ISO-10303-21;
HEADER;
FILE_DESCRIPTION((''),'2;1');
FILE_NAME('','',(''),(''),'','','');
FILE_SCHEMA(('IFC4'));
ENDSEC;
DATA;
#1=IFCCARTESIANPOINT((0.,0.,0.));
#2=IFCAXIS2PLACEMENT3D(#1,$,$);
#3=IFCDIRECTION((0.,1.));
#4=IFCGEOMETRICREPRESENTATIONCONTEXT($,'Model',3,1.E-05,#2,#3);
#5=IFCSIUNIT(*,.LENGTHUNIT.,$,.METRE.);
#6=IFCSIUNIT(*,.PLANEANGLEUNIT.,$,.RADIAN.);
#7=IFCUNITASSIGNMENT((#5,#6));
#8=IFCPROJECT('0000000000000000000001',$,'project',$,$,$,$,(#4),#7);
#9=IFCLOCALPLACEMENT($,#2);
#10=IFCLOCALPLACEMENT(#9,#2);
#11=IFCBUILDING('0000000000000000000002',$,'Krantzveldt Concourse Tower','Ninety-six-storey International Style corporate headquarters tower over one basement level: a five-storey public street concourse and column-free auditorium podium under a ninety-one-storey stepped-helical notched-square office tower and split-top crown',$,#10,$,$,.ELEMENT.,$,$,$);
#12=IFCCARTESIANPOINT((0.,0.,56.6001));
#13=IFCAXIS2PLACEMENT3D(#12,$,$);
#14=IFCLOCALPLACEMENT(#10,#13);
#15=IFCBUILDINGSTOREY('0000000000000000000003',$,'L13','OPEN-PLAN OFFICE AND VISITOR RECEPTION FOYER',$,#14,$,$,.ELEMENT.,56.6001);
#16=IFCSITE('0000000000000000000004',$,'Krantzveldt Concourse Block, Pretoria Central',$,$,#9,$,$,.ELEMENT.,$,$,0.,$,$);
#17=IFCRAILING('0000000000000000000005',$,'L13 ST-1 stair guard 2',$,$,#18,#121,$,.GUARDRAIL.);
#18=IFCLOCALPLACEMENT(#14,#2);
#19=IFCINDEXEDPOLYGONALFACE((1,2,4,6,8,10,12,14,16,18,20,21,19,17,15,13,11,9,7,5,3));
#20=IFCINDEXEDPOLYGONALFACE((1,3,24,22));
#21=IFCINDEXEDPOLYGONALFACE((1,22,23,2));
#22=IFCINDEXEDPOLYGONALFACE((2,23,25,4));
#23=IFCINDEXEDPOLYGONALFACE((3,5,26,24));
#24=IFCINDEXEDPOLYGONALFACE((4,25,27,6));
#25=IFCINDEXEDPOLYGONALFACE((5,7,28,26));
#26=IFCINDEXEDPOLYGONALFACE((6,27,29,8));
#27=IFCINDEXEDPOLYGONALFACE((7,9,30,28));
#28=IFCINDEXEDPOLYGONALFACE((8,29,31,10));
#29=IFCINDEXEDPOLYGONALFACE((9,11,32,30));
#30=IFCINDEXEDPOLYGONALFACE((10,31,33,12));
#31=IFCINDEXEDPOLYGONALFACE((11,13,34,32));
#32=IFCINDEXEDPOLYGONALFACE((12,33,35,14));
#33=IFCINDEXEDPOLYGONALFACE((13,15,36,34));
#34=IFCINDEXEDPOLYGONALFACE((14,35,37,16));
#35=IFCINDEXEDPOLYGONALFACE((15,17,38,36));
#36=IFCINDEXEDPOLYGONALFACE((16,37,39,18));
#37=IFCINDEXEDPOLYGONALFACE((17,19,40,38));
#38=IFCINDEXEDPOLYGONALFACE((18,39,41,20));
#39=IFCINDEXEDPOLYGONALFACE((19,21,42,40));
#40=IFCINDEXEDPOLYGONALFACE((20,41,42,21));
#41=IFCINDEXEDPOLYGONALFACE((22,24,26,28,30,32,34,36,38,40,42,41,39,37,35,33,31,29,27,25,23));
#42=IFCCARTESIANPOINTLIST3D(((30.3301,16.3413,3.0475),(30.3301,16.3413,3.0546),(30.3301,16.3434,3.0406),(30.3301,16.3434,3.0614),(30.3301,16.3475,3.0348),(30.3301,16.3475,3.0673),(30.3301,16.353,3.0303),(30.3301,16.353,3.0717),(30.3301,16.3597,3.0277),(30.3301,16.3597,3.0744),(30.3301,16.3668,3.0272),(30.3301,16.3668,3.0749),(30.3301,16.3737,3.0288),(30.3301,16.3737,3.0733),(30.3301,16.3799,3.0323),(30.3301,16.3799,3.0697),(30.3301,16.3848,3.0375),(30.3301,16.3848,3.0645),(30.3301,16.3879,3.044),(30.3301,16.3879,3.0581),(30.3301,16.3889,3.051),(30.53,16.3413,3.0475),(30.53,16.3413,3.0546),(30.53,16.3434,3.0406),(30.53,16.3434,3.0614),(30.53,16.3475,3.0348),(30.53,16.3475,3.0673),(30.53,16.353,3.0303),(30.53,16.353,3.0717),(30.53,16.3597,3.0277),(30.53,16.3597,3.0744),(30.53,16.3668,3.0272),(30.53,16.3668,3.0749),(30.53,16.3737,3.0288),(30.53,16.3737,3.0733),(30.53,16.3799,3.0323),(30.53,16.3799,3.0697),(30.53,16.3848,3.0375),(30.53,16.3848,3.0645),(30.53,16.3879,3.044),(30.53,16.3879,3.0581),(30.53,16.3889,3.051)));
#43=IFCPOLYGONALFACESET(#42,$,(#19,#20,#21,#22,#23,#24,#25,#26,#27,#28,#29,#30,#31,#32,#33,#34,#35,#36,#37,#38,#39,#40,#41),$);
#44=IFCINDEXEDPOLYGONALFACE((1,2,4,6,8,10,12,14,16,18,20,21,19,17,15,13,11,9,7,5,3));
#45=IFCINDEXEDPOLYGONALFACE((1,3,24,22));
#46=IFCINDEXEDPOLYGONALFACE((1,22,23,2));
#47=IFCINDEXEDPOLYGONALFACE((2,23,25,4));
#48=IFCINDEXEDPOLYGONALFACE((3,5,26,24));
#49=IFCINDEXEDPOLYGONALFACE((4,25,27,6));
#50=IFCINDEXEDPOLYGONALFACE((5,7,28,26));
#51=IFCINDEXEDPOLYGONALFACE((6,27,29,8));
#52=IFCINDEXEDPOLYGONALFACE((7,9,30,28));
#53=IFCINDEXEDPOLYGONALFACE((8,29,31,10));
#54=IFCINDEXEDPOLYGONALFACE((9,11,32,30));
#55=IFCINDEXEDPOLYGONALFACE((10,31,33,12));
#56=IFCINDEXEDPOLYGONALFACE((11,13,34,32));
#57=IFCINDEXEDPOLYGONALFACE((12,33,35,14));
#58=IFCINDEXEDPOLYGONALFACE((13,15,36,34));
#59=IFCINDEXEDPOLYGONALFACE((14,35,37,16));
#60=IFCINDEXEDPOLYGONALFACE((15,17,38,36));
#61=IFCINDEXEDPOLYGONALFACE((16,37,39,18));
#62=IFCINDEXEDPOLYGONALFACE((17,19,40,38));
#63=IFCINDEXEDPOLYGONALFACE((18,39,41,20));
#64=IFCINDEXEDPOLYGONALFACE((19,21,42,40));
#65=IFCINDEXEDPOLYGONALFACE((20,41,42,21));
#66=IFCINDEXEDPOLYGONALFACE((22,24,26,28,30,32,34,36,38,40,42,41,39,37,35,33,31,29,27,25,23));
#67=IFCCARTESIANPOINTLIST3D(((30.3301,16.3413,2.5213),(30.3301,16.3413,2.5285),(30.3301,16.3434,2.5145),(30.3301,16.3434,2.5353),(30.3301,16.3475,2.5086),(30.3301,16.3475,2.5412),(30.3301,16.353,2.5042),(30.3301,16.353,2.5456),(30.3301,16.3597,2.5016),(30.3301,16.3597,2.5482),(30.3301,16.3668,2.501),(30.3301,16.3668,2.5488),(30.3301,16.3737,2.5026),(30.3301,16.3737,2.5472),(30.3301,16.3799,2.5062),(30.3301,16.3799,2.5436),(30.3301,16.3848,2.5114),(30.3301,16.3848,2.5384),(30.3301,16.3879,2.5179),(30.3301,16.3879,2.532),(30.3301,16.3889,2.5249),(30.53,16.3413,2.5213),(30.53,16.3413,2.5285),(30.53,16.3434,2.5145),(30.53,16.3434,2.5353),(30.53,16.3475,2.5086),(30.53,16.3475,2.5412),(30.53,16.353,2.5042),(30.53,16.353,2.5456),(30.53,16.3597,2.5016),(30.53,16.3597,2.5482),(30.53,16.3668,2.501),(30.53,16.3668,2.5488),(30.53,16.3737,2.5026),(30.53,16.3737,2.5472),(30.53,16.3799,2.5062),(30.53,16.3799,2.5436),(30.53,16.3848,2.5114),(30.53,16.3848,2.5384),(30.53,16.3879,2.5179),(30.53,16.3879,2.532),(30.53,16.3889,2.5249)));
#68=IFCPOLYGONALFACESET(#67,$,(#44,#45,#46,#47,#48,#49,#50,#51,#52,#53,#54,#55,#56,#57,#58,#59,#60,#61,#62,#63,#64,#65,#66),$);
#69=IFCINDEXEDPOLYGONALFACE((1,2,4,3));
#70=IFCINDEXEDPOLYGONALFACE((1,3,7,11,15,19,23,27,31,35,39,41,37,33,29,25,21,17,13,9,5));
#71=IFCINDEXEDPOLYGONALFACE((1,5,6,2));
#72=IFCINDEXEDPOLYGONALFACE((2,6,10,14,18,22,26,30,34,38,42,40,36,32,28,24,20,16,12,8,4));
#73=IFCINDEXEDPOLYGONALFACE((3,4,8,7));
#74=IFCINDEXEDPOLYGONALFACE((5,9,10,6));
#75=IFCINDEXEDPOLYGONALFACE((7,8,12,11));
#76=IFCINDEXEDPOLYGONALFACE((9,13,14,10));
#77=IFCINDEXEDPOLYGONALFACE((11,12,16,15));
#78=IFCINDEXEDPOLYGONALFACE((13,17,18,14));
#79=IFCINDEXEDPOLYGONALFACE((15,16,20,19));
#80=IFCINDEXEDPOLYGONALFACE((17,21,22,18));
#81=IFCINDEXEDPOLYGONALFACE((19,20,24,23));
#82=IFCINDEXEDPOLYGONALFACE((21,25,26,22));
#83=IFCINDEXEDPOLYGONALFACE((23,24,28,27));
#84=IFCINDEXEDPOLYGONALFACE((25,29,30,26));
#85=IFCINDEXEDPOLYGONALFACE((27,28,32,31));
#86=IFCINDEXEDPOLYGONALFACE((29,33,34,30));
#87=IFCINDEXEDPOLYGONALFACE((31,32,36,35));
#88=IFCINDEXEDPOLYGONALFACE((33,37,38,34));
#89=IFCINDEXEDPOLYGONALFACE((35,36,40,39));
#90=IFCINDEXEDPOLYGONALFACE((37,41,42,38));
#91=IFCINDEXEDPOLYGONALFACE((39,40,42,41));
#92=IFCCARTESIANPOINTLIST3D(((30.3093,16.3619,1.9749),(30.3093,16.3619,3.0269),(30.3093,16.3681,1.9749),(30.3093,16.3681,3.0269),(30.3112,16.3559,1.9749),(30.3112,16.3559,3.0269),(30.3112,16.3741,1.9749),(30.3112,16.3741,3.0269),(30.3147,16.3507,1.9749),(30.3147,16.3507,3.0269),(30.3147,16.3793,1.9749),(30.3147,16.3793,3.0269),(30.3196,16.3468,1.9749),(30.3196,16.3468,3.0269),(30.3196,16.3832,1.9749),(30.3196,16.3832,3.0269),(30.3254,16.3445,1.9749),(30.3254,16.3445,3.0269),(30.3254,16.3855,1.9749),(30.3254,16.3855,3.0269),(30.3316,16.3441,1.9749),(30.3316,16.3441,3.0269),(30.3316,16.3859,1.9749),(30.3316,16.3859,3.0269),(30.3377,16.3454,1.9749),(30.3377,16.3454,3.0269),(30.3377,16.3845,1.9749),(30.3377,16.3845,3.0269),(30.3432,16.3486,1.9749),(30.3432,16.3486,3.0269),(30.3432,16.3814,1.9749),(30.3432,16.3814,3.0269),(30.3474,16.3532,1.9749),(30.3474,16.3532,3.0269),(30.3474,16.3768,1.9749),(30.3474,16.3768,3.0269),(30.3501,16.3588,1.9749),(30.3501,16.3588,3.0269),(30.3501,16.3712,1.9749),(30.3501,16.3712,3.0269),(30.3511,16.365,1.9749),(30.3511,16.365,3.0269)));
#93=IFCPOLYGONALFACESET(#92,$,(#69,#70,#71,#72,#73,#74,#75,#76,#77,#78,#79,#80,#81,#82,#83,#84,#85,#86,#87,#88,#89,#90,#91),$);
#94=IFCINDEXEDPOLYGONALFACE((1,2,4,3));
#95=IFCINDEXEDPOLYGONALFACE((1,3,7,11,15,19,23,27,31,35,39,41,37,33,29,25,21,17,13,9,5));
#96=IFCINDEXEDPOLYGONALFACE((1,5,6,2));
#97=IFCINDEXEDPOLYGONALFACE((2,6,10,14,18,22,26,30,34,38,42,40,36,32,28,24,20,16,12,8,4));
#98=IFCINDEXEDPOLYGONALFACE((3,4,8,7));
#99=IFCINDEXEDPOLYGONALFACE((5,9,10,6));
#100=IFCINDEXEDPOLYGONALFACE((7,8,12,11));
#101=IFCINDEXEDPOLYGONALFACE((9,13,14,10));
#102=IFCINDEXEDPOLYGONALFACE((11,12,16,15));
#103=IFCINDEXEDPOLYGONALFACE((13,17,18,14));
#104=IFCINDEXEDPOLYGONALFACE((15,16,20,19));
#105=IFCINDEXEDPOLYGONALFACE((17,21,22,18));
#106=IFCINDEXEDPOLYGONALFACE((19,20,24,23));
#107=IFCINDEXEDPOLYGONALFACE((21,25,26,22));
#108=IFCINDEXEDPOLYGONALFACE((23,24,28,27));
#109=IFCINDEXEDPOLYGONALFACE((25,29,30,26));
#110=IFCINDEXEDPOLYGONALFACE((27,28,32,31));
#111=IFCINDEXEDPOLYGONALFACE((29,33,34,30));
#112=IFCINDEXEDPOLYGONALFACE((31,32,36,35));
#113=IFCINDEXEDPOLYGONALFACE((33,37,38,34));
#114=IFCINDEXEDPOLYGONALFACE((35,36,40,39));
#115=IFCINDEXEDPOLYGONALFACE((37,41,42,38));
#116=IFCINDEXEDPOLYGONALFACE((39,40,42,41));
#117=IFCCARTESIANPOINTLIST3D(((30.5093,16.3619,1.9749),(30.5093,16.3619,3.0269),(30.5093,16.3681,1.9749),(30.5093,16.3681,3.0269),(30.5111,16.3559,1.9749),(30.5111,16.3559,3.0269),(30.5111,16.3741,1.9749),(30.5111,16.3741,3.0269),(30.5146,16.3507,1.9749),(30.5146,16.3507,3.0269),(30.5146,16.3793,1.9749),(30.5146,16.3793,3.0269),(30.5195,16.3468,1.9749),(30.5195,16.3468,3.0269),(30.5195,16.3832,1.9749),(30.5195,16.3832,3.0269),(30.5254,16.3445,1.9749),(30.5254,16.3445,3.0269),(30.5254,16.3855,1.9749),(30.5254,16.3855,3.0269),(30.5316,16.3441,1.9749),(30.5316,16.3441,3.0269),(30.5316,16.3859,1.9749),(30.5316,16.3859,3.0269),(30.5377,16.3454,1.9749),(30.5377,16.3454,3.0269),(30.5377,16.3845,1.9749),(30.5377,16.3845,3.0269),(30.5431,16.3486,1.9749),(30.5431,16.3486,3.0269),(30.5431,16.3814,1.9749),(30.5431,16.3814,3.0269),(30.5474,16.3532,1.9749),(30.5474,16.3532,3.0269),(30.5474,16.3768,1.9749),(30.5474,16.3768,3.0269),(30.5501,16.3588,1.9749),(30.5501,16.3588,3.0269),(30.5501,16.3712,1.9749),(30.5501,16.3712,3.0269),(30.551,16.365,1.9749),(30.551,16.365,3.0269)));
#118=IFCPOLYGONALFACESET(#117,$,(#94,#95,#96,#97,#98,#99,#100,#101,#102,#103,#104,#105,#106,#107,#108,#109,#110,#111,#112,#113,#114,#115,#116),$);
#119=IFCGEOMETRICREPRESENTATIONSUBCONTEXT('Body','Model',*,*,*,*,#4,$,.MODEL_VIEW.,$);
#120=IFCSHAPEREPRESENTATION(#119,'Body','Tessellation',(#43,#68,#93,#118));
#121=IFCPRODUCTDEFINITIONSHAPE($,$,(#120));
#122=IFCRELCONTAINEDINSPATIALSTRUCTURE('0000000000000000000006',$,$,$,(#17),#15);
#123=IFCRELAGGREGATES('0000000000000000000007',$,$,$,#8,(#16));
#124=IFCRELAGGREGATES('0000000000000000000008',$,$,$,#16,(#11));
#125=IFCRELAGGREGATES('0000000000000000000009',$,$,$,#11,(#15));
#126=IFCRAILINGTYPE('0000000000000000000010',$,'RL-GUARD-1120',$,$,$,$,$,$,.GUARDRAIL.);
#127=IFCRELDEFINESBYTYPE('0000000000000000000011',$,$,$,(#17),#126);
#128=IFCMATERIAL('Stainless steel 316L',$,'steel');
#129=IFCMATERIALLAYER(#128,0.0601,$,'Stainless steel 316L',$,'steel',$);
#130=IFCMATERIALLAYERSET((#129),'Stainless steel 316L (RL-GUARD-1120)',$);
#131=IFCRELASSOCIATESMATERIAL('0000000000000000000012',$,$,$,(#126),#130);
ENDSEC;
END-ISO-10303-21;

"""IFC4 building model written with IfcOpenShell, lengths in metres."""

from ifc_helpers import new_model, si_unit, direction, frame, origin, origin_2d, place, context, subcontext, project, spatial, circle, extrude, material, layer, layer_set, type_object, element, save


model = new_model("IFC4")

# Units and contexts
model_context = context("Model", 3, precision=1e-05, world=origin(), true_north=direction((0.0, 1.0)))
body_context = subcontext(model_context, "Body", "Model", "MODEL_VIEW")
ifc_project = project(units=[si_unit("LENGTHUNIT", "METRE"), si_unit("PLANEANGLEUNIT", "RADIAN")], contexts=[model_context])

# Site, building, storey
site_placement = place(None, origin())
site = spatial("IfcSite", under=ifc_project, at=site_placement, Name="Krantzveldt Concourse Block, Pretoria Central", CompositionType="ELEMENT", RefElevation=0.0)
building_placement = place(site_placement, origin())
building = spatial("IfcBuilding", under=site, at=building_placement, Name="Krantzveldt Concourse Tower", Description="Ninety-six-storey International Style corporate headquarters tower over one basement level: a five-storey public street concourse and column-free auditorium podium under a ninety-one-storey stepped-helical notched-square office tower and split-top crown", CompositionType="ELEMENT")
storey_placement = place(building_placement, frame((0.0, 0.0, 56.6001)))
storey = spatial("IfcBuildingStorey", under=building, at=storey_placement, Name="L13", Description="OPEN-PLAN OFFICE AND VISITOR RECEPTION FOYER", CompositionType="ELEMENT", Elevation=56.6001)

# Railing
ifc_material_1 = material(Name="Stainless steel 316L", Category="steel")
ifc_layer_1 = layer(ifc_material_1, 0.0601, Name="Stainless steel 316L", Category="steel")
ifc_layer_set_1 = layer_set([ifc_layer_1], Name="Stainless steel 316L (RL-GUARD-1120)")
railing_type_1 = type_object("IfcRailingType", Name="RL-GUARD-1120", PredefinedType="GUARDRAIL", material=ifc_layer_set_1)
railing_1_placement = place(storey_placement, frame((30.3301, 16.365, 1.9749)))
element("IfcRailing", 1, at=railing_1_placement, inside=storey, type_object=railing_type_1, Name="L13 ST-1 stair guard 2", PredefinedType="GUARDRAIL", context=body_context, shape_type="SweptSolid", body=[
    extrude(circle(Radius=0.0239, at=origin_2d()), frame((0.0, 0.0, 1.0762), z_axis=(1.0, 0.0, 0.0), x_axis=(0.0, 1.0, 0.0)), (0.0, 0.0, 1.0), 0.2),
    extrude(circle(Radius=0.0239, at=origin_2d()), frame((0.0, 0.0, 0.55), z_axis=(1.0, 0.0, 0.0), x_axis=(0.0, 1.0, 0.0)), (0.0, 0.0, 1.0), 0.2),
    extrude(circle(Radius=0.021, at=origin_2d()), origin(), (0.0, 0.0, 1.0), 1.052),
    extrude(circle(Radius=0.021, at=origin_2d()), frame((0.2, 0.0, 0.0)), (0.0, 0.0, 1.0), 1.052),
])

save(model, "model.ifc")
